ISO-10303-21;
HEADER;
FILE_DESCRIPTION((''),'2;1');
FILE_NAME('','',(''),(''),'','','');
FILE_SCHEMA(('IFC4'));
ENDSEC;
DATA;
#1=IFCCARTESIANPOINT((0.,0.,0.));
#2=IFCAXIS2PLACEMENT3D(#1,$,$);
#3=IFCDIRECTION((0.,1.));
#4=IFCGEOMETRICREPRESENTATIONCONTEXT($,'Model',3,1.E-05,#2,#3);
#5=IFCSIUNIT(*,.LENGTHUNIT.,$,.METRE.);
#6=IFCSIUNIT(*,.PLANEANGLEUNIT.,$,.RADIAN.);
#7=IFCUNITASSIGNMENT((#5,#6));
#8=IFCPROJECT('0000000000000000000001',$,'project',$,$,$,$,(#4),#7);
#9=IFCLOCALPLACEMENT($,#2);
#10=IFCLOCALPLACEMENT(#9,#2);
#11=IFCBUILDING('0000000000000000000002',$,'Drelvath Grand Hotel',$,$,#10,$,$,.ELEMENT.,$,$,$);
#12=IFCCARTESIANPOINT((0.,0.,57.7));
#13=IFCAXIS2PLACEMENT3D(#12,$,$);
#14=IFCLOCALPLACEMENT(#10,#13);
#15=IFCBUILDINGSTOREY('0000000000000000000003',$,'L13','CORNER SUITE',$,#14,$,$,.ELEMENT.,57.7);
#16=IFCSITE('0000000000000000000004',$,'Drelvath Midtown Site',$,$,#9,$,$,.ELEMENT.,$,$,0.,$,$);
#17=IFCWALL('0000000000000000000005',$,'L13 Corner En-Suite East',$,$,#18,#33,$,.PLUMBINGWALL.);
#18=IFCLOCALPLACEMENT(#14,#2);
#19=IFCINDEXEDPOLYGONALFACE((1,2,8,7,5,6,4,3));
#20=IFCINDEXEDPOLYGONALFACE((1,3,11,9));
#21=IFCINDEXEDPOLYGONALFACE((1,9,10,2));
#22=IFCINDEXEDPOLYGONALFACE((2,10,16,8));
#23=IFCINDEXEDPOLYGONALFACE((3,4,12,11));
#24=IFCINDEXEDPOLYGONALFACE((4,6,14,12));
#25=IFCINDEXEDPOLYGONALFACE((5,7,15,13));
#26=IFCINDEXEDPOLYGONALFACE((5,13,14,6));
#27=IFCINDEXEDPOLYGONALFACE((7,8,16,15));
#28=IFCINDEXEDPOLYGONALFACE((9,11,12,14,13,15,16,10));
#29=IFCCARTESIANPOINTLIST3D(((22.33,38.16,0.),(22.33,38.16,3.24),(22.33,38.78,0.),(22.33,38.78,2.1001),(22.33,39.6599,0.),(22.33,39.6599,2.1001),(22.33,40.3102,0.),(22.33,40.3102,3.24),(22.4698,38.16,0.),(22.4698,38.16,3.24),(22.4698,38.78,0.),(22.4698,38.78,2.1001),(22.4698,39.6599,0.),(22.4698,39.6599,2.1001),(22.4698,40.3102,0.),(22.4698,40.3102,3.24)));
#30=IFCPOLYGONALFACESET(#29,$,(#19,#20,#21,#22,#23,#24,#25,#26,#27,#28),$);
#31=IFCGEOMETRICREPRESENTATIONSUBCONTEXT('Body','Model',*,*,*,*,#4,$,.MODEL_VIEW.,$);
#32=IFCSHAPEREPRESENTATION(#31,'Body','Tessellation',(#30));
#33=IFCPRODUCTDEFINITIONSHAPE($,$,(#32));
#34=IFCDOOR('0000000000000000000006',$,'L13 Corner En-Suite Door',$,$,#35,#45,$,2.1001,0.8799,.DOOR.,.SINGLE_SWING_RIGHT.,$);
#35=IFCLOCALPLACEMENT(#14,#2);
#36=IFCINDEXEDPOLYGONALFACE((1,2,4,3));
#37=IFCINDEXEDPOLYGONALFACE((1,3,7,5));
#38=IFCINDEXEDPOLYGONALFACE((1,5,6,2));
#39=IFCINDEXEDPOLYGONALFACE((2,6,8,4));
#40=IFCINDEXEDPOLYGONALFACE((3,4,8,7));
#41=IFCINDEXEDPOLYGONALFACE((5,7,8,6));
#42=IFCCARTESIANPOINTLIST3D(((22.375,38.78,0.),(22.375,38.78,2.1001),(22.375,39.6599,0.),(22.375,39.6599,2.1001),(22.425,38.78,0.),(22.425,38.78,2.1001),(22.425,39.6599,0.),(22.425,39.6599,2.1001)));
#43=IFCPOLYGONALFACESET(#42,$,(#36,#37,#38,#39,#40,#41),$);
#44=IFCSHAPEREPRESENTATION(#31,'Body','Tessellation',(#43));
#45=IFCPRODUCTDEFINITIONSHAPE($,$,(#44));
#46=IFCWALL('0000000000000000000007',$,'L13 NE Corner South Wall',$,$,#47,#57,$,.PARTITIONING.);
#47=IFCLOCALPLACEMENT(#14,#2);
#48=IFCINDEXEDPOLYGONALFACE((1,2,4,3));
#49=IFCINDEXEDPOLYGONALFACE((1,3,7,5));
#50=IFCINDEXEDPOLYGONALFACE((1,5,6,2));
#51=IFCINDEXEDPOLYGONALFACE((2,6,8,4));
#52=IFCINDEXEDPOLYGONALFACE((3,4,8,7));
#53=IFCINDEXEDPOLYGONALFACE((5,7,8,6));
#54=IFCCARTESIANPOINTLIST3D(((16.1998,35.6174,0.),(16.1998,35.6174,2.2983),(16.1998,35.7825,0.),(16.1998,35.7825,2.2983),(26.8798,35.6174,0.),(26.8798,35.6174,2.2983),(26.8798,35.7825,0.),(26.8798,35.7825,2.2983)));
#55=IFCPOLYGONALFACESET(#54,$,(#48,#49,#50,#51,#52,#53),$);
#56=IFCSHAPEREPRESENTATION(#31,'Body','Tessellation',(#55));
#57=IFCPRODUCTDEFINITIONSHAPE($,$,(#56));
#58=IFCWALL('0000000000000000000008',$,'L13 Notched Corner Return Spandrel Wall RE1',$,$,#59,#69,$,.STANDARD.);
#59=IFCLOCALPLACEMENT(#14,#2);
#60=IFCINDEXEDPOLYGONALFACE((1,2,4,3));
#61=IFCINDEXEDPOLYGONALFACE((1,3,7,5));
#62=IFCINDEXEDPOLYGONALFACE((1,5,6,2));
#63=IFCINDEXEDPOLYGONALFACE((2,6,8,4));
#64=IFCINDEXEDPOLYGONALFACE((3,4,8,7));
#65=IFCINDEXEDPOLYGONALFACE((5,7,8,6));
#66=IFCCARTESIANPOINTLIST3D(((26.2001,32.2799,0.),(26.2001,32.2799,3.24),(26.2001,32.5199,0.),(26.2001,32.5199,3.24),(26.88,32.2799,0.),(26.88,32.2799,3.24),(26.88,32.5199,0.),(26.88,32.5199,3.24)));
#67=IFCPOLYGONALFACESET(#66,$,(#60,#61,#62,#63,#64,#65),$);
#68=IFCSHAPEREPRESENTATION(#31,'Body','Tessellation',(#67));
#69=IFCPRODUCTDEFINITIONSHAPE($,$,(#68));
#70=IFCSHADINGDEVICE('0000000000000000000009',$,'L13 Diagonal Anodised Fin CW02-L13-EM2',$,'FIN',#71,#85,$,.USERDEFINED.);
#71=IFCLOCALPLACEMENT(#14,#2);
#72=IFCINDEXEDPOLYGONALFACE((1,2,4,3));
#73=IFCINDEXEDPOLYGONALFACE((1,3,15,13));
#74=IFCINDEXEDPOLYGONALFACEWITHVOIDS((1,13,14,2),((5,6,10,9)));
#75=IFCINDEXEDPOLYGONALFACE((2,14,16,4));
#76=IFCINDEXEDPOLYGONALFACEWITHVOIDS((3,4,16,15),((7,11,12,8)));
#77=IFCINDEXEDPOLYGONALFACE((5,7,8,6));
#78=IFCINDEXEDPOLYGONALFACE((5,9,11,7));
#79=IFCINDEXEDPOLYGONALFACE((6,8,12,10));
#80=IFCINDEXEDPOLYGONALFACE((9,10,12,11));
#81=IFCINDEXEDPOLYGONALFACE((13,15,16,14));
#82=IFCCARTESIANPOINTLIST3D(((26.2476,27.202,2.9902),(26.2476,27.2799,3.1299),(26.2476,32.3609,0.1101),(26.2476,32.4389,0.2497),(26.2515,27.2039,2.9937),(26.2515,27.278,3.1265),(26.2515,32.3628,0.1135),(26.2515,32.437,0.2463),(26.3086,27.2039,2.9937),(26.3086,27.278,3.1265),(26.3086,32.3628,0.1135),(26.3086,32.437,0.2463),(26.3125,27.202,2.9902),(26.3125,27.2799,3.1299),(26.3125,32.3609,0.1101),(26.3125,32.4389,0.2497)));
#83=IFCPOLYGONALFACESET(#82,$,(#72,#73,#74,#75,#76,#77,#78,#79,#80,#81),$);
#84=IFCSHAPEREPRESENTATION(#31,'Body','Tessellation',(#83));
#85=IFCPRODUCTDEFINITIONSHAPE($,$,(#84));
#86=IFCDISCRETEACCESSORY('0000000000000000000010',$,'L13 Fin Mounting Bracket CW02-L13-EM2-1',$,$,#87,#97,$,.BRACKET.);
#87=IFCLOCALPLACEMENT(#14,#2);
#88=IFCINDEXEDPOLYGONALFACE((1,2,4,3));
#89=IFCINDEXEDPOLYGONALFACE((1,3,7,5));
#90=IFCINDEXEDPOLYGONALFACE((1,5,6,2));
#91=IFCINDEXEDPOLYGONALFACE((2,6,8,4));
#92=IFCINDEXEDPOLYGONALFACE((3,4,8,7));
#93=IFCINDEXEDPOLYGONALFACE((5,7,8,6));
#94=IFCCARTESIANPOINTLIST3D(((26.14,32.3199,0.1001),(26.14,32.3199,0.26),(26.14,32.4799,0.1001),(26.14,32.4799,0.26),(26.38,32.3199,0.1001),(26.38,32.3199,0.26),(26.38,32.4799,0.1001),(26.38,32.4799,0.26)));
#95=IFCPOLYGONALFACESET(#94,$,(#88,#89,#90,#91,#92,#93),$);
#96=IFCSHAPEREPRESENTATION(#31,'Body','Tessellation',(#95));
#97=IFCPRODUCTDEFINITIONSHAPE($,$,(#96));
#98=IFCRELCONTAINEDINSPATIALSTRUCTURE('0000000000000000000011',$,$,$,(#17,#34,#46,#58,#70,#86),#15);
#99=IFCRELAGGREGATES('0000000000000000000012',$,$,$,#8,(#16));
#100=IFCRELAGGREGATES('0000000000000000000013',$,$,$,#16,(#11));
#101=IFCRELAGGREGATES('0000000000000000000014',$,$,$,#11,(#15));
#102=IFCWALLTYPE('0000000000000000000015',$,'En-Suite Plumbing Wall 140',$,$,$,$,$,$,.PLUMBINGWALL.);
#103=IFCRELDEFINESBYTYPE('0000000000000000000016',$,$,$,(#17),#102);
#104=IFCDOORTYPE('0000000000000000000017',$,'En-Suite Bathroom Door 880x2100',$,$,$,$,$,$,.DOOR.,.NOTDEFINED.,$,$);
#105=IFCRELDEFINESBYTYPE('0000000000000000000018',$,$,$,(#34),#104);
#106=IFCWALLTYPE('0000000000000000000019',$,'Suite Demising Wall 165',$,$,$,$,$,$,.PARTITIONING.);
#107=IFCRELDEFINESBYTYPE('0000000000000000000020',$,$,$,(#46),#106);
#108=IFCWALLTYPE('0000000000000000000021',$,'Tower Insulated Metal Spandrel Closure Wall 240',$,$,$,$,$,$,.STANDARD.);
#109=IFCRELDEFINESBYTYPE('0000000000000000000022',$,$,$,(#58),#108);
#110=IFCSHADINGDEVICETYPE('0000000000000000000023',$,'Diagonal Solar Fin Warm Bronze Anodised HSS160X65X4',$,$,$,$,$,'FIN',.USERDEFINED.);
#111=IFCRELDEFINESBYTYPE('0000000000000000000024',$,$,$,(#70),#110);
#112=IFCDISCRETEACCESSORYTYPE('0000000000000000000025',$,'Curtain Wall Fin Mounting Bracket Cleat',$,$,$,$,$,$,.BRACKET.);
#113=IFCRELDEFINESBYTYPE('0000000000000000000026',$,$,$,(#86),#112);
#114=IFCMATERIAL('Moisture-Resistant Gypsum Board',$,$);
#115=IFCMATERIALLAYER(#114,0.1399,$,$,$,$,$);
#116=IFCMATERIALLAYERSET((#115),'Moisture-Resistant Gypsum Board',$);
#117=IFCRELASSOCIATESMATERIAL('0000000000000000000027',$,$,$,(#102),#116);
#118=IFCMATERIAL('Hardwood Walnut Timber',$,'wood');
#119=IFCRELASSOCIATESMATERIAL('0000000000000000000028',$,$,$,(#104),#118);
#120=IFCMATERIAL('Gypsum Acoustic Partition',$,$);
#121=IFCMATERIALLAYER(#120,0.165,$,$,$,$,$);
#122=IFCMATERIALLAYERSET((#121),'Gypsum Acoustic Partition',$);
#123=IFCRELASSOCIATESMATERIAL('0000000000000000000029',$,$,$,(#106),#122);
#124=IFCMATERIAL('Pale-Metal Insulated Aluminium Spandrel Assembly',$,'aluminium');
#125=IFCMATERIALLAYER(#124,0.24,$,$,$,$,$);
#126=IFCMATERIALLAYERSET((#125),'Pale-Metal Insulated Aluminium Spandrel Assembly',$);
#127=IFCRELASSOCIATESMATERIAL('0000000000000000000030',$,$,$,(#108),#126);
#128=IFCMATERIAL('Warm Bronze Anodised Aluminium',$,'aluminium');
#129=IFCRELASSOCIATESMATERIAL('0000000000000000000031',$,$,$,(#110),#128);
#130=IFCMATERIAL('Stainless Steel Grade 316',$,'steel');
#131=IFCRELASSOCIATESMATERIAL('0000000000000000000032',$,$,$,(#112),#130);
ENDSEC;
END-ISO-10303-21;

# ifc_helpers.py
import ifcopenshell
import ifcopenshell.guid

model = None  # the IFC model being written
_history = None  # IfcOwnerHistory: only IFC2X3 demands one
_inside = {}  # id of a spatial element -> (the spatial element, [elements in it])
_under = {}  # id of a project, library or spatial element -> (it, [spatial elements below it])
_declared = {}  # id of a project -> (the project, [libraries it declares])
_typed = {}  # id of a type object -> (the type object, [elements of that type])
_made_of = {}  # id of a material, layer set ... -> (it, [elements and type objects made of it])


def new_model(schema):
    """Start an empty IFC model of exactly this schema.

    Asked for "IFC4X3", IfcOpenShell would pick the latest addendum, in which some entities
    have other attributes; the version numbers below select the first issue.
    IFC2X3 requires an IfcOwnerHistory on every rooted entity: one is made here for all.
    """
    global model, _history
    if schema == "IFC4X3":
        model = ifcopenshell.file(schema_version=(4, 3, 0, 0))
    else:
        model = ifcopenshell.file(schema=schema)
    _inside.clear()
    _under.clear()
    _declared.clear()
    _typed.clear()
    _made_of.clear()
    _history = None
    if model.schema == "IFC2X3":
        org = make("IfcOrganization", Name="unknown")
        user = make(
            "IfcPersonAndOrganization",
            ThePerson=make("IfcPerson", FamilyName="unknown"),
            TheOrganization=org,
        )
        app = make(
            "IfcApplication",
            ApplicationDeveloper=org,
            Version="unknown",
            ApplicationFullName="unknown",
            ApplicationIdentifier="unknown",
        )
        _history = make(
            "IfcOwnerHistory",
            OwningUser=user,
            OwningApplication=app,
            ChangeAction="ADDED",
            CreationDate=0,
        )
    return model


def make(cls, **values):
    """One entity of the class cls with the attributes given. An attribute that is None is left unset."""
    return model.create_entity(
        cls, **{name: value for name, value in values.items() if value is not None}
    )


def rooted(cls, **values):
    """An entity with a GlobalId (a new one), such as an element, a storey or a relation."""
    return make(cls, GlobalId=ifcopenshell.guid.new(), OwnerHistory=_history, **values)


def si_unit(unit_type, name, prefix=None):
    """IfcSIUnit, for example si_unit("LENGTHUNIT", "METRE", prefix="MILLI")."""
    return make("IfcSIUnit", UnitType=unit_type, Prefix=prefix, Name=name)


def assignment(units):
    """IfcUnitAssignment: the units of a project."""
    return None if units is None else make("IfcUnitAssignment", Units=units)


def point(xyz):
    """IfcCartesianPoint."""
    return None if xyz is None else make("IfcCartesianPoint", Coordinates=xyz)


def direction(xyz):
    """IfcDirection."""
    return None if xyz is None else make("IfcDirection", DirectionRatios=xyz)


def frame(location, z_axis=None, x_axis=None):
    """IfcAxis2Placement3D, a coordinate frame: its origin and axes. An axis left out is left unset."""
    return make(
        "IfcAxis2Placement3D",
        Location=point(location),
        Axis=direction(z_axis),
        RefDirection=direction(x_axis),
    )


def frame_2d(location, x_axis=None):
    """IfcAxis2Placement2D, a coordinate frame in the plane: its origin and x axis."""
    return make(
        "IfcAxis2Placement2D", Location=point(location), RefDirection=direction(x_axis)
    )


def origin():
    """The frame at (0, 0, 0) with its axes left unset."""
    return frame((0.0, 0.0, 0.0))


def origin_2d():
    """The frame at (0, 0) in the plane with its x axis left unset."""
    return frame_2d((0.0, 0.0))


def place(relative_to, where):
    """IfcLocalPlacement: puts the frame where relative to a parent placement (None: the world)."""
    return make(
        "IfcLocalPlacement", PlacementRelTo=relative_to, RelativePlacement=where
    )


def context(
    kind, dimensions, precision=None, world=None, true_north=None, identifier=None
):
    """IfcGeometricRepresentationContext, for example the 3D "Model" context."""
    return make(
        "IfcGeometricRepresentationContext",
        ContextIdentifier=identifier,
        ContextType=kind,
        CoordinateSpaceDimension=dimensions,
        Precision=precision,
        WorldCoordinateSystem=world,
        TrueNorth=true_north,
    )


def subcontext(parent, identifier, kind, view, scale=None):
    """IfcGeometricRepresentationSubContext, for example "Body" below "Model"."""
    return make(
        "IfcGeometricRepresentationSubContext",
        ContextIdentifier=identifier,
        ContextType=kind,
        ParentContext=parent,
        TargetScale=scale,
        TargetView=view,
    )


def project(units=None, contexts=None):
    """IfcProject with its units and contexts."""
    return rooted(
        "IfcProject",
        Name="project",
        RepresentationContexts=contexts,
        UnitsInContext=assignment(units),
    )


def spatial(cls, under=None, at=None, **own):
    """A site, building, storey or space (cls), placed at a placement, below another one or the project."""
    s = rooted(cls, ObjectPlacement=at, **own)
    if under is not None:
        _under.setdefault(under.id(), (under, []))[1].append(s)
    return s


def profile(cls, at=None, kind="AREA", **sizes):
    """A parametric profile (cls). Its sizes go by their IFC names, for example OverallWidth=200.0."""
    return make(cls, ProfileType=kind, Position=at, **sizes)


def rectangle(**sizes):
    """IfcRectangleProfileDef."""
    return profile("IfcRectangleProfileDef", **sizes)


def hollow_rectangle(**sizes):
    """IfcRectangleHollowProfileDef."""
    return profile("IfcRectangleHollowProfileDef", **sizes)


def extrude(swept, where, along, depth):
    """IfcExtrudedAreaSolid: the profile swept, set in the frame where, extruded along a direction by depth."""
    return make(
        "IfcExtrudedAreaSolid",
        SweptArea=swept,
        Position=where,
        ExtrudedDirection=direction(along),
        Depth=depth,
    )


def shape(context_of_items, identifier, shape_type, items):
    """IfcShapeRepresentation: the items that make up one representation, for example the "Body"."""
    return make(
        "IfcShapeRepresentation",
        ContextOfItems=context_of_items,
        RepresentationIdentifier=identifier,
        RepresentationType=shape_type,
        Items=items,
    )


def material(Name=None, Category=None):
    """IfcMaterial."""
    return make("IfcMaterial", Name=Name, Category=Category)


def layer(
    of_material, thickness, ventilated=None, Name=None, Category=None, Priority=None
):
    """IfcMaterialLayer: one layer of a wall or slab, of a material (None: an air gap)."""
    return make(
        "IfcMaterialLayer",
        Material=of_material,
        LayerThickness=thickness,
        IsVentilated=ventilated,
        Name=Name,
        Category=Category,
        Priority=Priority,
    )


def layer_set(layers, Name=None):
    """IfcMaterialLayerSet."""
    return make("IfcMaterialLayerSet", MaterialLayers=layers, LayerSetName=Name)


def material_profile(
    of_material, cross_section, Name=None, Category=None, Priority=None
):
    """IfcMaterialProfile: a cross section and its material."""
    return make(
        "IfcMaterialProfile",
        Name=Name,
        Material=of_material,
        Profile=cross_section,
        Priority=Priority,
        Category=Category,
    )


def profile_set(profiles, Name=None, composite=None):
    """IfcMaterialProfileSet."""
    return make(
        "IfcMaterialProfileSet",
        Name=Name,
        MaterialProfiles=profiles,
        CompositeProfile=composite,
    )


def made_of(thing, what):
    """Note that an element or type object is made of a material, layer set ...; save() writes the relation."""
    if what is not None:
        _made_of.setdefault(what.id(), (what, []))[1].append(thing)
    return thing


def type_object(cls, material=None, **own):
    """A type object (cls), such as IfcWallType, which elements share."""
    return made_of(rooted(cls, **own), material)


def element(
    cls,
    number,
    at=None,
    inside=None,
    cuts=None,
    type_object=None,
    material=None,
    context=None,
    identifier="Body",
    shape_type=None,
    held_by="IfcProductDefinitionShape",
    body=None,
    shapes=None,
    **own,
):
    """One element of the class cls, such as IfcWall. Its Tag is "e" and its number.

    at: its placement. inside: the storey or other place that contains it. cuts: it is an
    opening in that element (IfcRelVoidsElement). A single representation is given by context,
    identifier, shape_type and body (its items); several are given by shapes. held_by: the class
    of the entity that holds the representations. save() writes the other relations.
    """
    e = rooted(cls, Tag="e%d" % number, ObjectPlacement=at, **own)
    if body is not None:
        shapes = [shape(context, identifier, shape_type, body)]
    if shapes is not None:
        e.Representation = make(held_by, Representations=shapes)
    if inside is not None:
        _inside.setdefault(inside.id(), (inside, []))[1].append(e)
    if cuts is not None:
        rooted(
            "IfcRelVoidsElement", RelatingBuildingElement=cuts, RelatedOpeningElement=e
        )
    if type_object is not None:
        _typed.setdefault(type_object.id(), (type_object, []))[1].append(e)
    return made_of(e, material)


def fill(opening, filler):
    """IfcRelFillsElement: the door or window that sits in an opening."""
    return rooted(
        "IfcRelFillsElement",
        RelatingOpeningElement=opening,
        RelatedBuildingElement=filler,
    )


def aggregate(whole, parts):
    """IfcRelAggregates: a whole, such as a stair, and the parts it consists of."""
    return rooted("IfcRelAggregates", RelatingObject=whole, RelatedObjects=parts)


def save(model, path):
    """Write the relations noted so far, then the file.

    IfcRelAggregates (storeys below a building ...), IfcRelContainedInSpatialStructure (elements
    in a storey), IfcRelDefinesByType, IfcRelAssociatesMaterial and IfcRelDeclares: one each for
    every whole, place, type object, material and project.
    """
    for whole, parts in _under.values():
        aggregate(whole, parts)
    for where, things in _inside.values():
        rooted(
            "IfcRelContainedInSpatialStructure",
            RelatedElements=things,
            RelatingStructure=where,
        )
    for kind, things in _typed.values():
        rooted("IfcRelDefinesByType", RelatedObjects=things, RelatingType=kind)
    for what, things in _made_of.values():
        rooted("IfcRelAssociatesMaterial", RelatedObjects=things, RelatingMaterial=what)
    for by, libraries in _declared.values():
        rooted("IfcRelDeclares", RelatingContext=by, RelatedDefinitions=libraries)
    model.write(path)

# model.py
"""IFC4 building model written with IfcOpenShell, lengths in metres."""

from ifc_helpers import new_model, si_unit, direction, frame, frame_2d, origin, origin_2d, place, context, subcontext, project, spatial, rectangle, hollow_rectangle, extrude, material, layer, layer_set, material_profile, profile_set, type_object, element, fill, save


model = new_model("IFC4")

# Units and contexts
model_context = context("Model", 3, precision=1e-05, world=origin(), true_north=direction((0.0, 1.0)))
body_context = subcontext(model_context, "Body", "Model", "MODEL_VIEW")
ifc_project = project(units=[si_unit("LENGTHUNIT", "METRE"), si_unit("PLANEANGLEUNIT", "RADIAN")], contexts=[model_context])

# Site, building, storey
site_placement = place(None, origin())
site = spatial("IfcSite", under=ifc_project, at=site_placement, Name="Drelvath Midtown Site", CompositionType="ELEMENT", RefElevation=0.0)
building_placement = place(site_placement, origin())
building = spatial("IfcBuilding", under=site, at=building_placement, Name="Drelvath Grand Hotel", CompositionType="ELEMENT")
storey_placement = place(building_placement, frame((0.0, 0.0, 57.7)))
storey = spatial("IfcBuildingStorey", under=building, at=storey_placement, Name="L13", Description="CORNER SUITE", CompositionType="ELEMENT", Elevation=57.7)

# Shared definitions
ifc_material_1 = material(Name="Hardwood Walnut Timber", Category="wood")

# Shared definitions
ifc_material_2 = material(Name="Moisture-Resistant Gypsum Board")
ifc_layer_1 = layer(ifc_material_2, 0.1399)
ifc_layer_set_1 = layer_set([ifc_layer_1], Name="Moisture-Resistant Gypsum Board")
wall_type_1 = type_object("IfcWallType", Name="En-Suite Plumbing Wall 140", PredefinedType="PLUMBINGWALL", material=ifc_layer_set_1)

# Wall, opening, door
wall_1_placement = place(storey_placement, frame((22.3999, 38.1599, 0.0), z_axis=(0.0, 0.0, 1.0), x_axis=(0.0, 1.0, 0.0)))
wall_1 = element("IfcWall", 1, at=wall_1_placement, inside=storey, type_object=wall_type_1, Name="L13 Corner En-Suite East", PredefinedType="PLUMBINGWALL", context=body_context, shape_type="SweptSolid", body=[
    extrude(rectangle(XDim=2.1501, YDim=0.1399, at=frame_2d((1.0752, 0.0))), origin(), (0.0, 0.0, 1.0), 3.24),
])
opening_1_placement = place(wall_1_placement, frame((0.6201, 0.0, 0.0)))
opening_1 = element("IfcOpeningElement", 2, at=opening_1_placement, cuts=wall_1, PredefinedType="OPENING", context=body_context, shape_type="SweptSolid", body=[
    extrude(rectangle(XDim=0.8799, YDim=2.1001, at=frame_2d((0.4399, 1.05))), frame((0.0, 0.0798, 0.0), z_axis=(0.0, -1.0, 0.0), x_axis=(1.0, 0.0, 0.0)), (0.0, 0.0, 1.0), 0.1599),
])
door_type_1 = type_object("IfcDoorType", Name="En-Suite Bathroom Door 880x2100", OperationType="NOTDEFINED", PredefinedType="DOOR", material=ifc_material_1)
door_1_placement = place(opening_1_placement, origin())
door_1 = element("IfcDoor", 3, at=door_1_placement, inside=storey, type_object=door_type_1, Name="L13 Corner En-Suite Door", OperationType="SINGLE_SWING_RIGHT", OverallHeight=2.1001, OverallWidth=0.8799, PredefinedType="DOOR", context=body_context, shape_type="SweptSolid", body=[
    extrude(rectangle(XDim=0.8799, YDim=2.1001, at=frame_2d((0.4399, 1.05))), frame((0.0, 0.0249, 0.0), z_axis=(0.0, -1.0, 0.0), x_axis=(1.0, 0.0, 0.0)), (0.0, 0.0, 1.0), 0.05),
])
fill(opening_1, door_1)

# Walls
ifc_material_3 = material(Name="Gypsum Acoustic Partition")
ifc_layer_2 = layer(ifc_material_3, 0.165)
ifc_layer_set_2 = layer_set([ifc_layer_2], Name="Gypsum Acoustic Partition")
wall_type_2 = type_object("IfcWallType", Name="Suite Demising Wall 165", PredefinedType="PARTITIONING", material=ifc_layer_set_2)
wall_2_placement = place(storey_placement, frame((16.2, 35.7, 0.0), z_axis=(0.0, 0.0, 1.0), x_axis=(1.0, 0.0, 0.0)))
element("IfcWall", 4, at=wall_2_placement, inside=storey, type_object=wall_type_2, Name="L13 NE Corner South Wall", PredefinedType="PARTITIONING", context=body_context, shape_type="SweptSolid", body=[
    extrude(rectangle(XDim=10.6799, YDim=0.165, at=frame_2d((5.3398, 0.0))), origin(), (0.0, 0.0, 1.0), 2.2983),
])
ifc_material_4 = material(Name="Pale-Metal Insulated Aluminium Spandrel Assembly", Category="aluminium")
ifc_layer_3 = layer(ifc_material_4, 0.24)
ifc_layer_set_3 = layer_set([ifc_layer_3], Name="Pale-Metal Insulated Aluminium Spandrel Assembly")
wall_type_3 = type_object("IfcWallType", Name="Tower Insulated Metal Spandrel Closure Wall 240", PredefinedType="STANDARD", material=ifc_layer_set_3)
wall_3_placement = place(storey_placement, frame((26.8799, 32.3999, 0.0), z_axis=(0.0, 0.0, 1.0), x_axis=(-1.0, 0.0, 0.0)))
element("IfcWall", 5, at=wall_3_placement, inside=storey, type_object=wall_type_3, Name="L13 Notched Corner Return Spandrel Wall RE1", PredefinedType="STANDARD", context=body_context, shape_type="SweptSolid", body=[
    extrude(rectangle(XDim=0.6799, YDim=0.24, at=frame_2d((0.3398, 0.0))), origin(), (0.0, 0.0, 1.0), 3.24),
])

# Shading device
ifc_material_5 = material(Name="Warm Bronze Anodised Aluminium", Category="aluminium")
ifc_material_profile_1 = material_profile(ifc_material_5, hollow_rectangle(XDim=0.0649, YDim=0.1599, WallThickness=0.0039, at=origin_2d()), Name="HSS160X65X4")
ifc_profile_set_1 = profile_set([ifc_material_profile_1], Name="Warm Bronze Anodised Aluminium")
shading_device_type = type_object("IfcShadingDeviceType", Name="Diagonal Solar Fin Warm Bronze Anodised HSS160X65X4", ElementType="FIN", PredefinedType="USERDEFINED", material=ifc_profile_set_1)
shading_device_placement = place(storey_placement, frame((26.28, 32.3999, 0.1799), z_axis=(0.0, -0.873146, 0.487459), x_axis=(1.0, 0.0, 0.0)))
element("IfcShadingDevice", 6, at=shading_device_placement, inside=storey, type_object=shading_device_type, Name="L13 Diagonal Anodised Fin CW02-L13-EM2", ObjectType="FIN", PredefinedType="USERDEFINED", context=body_context, shape_type="SweptSolid", body=[
    extrude(hollow_rectangle(XDim=0.0649, YDim=0.1599, WallThickness=0.0039, at=origin_2d()), origin(), (0.0, 0.0, 1.0), 5.9084),
])

# Discrete accessory
ifc_material_6 = material(Name="Stainless Steel Grade 316", Category="steel")
discrete_accessory_type = type_object("IfcDiscreteAccessoryType", Name="Curtain Wall Fin Mounting Bracket Cleat", PredefinedType="BRACKET", material=ifc_material_6)
discrete_accessory_placement = place(storey_placement, frame((26.26, 32.3999, 0.1001), z_axis=(0.0, 0.0, 1.0), x_axis=(0.0, -1.0, 0.0)))
element("IfcDiscreteAccessory", 7, at=discrete_accessory_placement, inside=storey, type_object=discrete_accessory_type, Name="L13 Fin Mounting Bracket CW02-L13-EM2-1", PredefinedType="BRACKET", context=body_context, shape_type="SweptSolid", body=[
    extrude(rectangle(XDim=0.1599, YDim=0.24, at=origin_2d()), origin(), (0.0, 0.0, 1.0), 0.1599),
])

save(model, "model.ifc")
